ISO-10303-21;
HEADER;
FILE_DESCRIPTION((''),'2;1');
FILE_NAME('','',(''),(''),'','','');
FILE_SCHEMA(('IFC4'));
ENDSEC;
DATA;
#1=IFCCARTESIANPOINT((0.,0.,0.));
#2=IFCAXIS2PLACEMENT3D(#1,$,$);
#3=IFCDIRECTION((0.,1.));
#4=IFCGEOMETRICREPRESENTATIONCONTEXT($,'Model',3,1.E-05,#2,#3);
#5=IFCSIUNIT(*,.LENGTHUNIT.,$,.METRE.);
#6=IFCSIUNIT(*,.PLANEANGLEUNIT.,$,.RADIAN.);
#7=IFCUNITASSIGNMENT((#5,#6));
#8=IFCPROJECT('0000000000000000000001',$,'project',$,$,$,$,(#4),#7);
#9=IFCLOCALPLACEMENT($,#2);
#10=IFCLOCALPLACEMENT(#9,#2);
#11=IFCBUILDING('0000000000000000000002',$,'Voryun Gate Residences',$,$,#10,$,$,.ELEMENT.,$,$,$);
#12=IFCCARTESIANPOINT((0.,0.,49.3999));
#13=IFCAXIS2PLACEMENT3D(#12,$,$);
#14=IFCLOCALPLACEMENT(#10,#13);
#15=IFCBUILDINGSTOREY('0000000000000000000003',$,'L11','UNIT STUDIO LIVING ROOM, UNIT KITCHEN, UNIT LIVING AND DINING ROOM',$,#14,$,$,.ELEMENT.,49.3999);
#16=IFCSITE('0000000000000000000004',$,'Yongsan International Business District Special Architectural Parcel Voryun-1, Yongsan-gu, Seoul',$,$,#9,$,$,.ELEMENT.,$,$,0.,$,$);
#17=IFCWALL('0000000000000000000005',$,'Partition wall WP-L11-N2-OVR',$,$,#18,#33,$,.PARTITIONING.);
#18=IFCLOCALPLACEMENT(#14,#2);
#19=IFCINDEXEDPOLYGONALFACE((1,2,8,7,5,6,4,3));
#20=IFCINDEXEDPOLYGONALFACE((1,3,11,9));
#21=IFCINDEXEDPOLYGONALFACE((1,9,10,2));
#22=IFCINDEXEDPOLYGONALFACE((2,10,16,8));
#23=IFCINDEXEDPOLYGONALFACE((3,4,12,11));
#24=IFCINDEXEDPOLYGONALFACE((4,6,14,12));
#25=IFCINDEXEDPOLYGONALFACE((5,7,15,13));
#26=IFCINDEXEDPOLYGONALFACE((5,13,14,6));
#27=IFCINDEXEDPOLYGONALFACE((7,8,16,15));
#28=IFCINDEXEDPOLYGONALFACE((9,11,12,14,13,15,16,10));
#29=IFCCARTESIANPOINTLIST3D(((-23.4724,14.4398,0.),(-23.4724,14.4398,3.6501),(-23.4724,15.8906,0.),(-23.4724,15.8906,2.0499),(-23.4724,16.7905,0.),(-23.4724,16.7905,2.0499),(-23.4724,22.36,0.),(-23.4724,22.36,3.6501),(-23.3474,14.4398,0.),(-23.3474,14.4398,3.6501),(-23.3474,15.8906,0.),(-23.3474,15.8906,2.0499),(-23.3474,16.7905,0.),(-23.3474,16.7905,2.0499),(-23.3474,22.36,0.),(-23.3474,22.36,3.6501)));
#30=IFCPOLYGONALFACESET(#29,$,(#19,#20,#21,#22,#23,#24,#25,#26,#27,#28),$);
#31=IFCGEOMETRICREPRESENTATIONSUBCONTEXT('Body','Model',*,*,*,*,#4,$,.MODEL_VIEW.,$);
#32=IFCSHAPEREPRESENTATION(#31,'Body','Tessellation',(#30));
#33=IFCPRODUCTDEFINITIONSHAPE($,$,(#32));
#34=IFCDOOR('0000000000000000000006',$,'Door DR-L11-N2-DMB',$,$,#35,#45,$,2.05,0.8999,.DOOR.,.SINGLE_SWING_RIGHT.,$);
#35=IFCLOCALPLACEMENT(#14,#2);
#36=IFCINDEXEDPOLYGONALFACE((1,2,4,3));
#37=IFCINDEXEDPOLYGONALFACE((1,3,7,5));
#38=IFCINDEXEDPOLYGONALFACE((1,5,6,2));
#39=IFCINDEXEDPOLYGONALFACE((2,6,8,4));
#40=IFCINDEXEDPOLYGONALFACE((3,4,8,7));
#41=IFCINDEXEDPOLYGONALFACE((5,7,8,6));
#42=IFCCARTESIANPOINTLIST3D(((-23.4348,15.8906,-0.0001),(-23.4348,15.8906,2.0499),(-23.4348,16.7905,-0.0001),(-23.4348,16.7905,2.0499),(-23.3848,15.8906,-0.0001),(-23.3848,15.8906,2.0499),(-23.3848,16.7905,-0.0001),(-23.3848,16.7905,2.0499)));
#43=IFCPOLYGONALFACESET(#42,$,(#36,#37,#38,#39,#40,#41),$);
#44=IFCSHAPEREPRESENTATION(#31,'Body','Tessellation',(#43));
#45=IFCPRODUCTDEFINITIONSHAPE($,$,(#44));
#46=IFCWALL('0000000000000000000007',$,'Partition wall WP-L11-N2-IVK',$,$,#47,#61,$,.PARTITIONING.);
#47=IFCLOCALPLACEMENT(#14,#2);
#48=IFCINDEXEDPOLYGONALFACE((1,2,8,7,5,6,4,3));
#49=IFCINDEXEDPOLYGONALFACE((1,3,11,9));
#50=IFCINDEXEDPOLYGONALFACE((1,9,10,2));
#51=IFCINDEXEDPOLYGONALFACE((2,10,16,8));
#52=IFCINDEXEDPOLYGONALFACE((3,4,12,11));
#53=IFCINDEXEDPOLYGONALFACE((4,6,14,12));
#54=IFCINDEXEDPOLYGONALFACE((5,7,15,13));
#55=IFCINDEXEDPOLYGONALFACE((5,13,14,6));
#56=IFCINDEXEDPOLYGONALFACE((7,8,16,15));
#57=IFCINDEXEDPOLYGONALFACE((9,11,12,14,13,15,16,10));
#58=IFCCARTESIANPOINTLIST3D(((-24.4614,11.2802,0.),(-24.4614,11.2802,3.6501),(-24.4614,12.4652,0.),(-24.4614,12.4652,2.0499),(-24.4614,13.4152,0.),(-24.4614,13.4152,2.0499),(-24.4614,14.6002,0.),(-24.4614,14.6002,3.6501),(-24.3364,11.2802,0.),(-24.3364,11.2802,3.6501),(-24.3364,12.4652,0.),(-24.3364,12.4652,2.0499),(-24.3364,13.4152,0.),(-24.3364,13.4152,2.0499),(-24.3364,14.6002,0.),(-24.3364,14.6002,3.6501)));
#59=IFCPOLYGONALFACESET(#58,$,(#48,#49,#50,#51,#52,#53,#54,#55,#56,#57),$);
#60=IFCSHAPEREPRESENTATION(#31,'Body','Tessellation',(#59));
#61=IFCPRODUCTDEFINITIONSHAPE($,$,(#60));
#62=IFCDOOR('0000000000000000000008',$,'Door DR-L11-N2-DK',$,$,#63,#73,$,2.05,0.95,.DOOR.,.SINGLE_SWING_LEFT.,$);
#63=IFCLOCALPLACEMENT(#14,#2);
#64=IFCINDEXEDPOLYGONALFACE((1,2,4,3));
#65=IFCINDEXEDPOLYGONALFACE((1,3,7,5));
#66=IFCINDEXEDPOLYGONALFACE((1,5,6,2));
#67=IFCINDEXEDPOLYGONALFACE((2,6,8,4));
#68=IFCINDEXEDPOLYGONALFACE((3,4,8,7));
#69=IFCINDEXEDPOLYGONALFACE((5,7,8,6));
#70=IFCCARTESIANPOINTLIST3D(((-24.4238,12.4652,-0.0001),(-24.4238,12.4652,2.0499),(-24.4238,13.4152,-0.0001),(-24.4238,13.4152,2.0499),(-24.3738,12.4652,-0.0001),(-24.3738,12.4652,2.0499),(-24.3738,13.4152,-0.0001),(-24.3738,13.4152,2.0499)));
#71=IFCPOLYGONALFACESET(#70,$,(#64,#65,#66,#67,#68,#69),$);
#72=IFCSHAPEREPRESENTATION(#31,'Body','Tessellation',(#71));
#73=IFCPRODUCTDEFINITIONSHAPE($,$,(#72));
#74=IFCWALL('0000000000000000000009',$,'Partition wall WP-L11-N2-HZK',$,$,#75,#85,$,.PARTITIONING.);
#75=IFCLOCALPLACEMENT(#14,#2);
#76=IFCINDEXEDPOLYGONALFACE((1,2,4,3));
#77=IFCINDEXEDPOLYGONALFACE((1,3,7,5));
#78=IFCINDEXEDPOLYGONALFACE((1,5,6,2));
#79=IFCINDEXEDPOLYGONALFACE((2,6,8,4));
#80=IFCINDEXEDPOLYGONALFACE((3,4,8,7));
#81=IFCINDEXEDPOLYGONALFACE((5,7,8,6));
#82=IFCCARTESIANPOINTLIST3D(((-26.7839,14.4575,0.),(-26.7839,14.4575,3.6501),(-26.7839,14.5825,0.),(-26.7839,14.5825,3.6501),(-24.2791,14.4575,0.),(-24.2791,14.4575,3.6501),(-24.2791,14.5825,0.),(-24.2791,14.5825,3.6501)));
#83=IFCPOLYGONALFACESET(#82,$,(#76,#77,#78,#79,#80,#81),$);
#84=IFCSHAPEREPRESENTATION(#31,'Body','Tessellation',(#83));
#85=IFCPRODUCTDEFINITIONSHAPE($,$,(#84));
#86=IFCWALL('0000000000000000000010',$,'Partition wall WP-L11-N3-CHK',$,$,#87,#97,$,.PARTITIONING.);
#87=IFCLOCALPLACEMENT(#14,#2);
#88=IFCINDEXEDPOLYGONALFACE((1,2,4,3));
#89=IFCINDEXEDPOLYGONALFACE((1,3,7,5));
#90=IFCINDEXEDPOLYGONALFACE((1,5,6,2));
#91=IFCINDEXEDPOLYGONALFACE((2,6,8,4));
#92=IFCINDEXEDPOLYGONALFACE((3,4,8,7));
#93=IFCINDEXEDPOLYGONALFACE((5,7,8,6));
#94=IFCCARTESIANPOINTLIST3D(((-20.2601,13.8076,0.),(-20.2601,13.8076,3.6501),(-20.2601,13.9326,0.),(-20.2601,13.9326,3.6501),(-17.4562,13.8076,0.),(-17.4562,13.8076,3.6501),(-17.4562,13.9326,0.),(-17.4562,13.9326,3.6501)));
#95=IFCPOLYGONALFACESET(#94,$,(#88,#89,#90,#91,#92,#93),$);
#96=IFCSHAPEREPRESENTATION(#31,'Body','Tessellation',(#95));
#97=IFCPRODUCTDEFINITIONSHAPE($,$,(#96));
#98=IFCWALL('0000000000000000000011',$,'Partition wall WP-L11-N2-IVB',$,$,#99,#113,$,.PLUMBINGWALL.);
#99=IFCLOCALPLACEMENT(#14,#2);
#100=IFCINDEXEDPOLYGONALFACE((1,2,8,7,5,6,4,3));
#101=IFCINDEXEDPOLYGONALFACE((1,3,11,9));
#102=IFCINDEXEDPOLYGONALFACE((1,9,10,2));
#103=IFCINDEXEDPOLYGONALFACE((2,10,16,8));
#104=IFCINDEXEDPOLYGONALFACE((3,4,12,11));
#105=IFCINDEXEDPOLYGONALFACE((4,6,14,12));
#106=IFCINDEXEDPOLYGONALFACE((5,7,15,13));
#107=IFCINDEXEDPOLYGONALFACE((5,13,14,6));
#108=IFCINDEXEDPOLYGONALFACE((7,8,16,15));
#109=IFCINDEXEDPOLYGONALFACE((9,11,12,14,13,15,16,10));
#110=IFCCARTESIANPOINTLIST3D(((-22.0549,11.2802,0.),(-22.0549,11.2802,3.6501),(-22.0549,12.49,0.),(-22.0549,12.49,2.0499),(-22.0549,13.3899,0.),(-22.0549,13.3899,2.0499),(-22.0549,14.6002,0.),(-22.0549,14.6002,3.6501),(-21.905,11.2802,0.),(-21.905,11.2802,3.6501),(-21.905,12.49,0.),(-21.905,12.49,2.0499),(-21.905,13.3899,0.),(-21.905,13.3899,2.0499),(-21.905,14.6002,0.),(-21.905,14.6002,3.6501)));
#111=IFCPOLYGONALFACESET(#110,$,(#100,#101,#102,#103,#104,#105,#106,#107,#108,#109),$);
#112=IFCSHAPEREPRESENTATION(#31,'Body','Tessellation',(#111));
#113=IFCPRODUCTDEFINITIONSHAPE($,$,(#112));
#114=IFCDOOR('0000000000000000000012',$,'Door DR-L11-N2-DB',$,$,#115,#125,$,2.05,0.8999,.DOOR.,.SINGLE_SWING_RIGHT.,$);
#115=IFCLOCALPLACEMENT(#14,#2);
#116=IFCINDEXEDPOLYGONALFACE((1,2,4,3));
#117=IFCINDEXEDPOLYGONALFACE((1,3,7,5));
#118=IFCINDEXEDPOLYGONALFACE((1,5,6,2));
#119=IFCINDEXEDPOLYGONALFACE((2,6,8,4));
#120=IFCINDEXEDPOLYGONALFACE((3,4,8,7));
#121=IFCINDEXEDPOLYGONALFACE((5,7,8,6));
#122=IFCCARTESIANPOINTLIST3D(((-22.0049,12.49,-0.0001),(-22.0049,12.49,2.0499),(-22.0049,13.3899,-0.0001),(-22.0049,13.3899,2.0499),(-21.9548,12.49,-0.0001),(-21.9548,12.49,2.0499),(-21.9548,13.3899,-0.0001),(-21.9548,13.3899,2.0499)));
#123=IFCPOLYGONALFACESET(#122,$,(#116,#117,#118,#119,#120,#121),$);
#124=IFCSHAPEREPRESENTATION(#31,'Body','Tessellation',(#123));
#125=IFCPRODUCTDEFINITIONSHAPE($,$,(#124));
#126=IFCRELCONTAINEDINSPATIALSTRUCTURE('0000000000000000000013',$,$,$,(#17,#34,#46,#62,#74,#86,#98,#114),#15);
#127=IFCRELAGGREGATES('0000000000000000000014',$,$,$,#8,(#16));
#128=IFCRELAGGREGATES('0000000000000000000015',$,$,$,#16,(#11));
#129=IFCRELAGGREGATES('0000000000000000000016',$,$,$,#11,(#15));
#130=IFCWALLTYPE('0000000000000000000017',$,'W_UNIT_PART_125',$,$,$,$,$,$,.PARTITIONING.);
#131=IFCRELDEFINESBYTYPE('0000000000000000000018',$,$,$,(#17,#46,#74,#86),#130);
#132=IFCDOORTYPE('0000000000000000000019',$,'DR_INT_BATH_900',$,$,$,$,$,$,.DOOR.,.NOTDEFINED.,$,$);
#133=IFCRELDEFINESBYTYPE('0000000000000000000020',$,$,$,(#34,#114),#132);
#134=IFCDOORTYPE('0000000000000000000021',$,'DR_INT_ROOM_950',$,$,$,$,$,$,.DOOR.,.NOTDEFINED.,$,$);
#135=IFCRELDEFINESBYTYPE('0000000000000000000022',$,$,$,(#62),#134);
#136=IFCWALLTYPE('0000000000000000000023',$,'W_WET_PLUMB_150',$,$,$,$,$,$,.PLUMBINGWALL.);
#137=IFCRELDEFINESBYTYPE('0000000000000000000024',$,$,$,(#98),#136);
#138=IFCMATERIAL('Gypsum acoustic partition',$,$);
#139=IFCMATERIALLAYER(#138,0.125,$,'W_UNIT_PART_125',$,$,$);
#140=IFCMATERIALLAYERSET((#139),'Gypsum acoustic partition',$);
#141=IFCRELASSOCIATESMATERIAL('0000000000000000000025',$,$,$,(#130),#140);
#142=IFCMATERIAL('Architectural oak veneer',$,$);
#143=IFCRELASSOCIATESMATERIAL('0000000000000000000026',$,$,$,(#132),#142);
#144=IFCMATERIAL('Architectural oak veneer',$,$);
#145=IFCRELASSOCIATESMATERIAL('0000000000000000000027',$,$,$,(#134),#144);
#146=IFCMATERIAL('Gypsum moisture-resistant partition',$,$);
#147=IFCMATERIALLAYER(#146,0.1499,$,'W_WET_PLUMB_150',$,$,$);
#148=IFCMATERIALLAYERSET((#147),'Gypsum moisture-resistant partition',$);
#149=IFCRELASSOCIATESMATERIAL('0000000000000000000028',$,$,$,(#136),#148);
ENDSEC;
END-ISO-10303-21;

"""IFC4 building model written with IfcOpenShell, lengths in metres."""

from ifc_helpers import new_model, si_unit, direction, frame, frame_2d, origin, place, context, subcontext, project, spatial, rectangle, extrude, material, layer, layer_set, type_object, element, fill, save


model = new_model("IFC4")

# Units and contexts
model_context = context("Model", 3, precision=1e-05, world=origin(), true_north=direction((0.0, 1.0)))
body_context = subcontext(model_context, "Body", "Model", "MODEL_VIEW")
ifc_project = project(units=[si_unit("LENGTHUNIT", "METRE"), si_unit("PLANEANGLEUNIT", "RADIAN")], contexts=[model_context])

# Site, building, storey
site_placement = place(None, origin())
site = spatial("IfcSite", under=ifc_project, at=site_placement, Name="Yongsan International Business District Special Architectural Parcel Voryun-1, Yongsan-gu, Seoul", CompositionType="ELEMENT", RefElevation=0.0)
building_placement = place(site_placement, origin())
building = spatial("IfcBuilding", under=site, at=building_placement, Name="Voryun Gate Residences", CompositionType="ELEMENT")
storey_placement = place(building_placement, frame((0.0, 0.0, 49.3999)))
storey = spatial("IfcBuildingStorey", under=building, at=storey_placement, Name="L11", Description="UNIT STUDIO LIVING ROOM, UNIT KITCHEN, UNIT LIVING AND DINING ROOM", CompositionType="ELEMENT", Elevation=49.3999)

# Walls, openings, doors
ifc_material_1 = material(Name="Gypsum acoustic partition")
ifc_layer_1 = layer(ifc_material_1, 0.125, Name="W_UNIT_PART_125")
ifc_layer_set_1 = layer_set([ifc_layer_1], Name="Gypsum acoustic partition")
wall_type_1 = type_object("IfcWallType", Name="W_UNIT_PART_125", PredefinedType="PARTITIONING", material=ifc_layer_set_1)
wall_1_placement = place(storey_placement, frame((-23.4099, 14.4399, 0.0), z_axis=(0.0, 0.0, 1.0), x_axis=(0.0, 1.0, 0.0)))
wall_1 = element("IfcWall", 1, at=wall_1_placement, inside=storey, type_object=wall_type_1, Name="Partition wall WP-L11-N2-OVR", PredefinedType="PARTITIONING", context=body_context, shape_type="SweptSolid", body=[
    extrude(rectangle(XDim=7.9202, YDim=0.125, at=frame_2d((3.96, 0.0))), origin(), (0.0, 0.0, 1.0), 3.6501),
])
opening_1_placement = place(wall_1_placement, frame((1.4507, 0.0, 0.0)))
opening_1 = element("IfcOpeningElement", 2, at=opening_1_placement, cuts=wall_1, PredefinedType="OPENING", context=body_context, shape_type="SweptSolid", body=[
    extrude(rectangle(XDim=0.8999, YDim=2.05, at=frame_2d((0.45, 1.0249))), frame((0.0, 0.0725, 0.0), z_axis=(0.0, -1.0, 0.0), x_axis=(1.0, 0.0, 0.0)), (0.0, 0.0, 1.0), 0.145),
])
ifc_material_2 = material(Name="Architectural oak veneer")
door_type_1 = type_object("IfcDoorType", Name="DR_INT_BATH_900", OperationType="NOTDEFINED", PredefinedType="DOOR", material=ifc_material_2)
door_1_placement = place(opening_1_placement, origin())
door_1 = element("IfcDoor", 3, at=door_1_placement, inside=storey, type_object=door_type_1, Name="Door DR-L11-N2-DMB", OperationType="SINGLE_SWING_RIGHT", OverallHeight=2.05, OverallWidth=0.8999, PredefinedType="DOOR", context=body_context, shape_type="SweptSolid", body=[
    extrude(rectangle(XDim=0.8999, YDim=2.05, at=frame_2d((0.45, 1.0249))), frame((0.0, 0.0249, 0.0), z_axis=(0.0, -1.0, 0.0), x_axis=(1.0, 0.0, 0.0)), (0.0, 0.0, 1.0), 0.05),
])
fill(opening_1, door_1)
wall_2_placement = place(storey_placement, frame((-24.3989, 11.28, 0.0), z_axis=(0.0, 0.0, 1.0), x_axis=(0.0, 1.0, 0.0)))
wall_2 = element("IfcWall", 4, at=wall_2_placement, inside=storey, type_object=wall_type_1, Name="Partition wall WP-L11-N2-IVK", PredefinedType="PARTITIONING", context=body_context, shape_type="SweptSolid", body=[
    extrude(rectangle(XDim=3.3201, YDim=0.125, at=frame_2d((1.6602, 0.0))), origin(), (0.0, 0.0, 1.0), 3.6501),
])
opening_2_placement = place(wall_2_placement, frame((1.1851, 0.0, 0.0)))
opening_2 = element("IfcOpeningElement", 5, at=opening_2_placement, cuts=wall_2, PredefinedType="OPENING", context=body_context, shape_type="SweptSolid", body=[
    extrude(rectangle(XDim=0.95, YDim=2.05, at=frame_2d((0.4751, 1.0249))), frame((0.0, 0.0725, 0.0), z_axis=(0.0, -1.0, 0.0), x_axis=(1.0, 0.0, 0.0)), (0.0, 0.0, 1.0), 0.145),
])
ifc_material_3 = material(Name="Architectural oak veneer")
door_type_2 = type_object("IfcDoorType", Name="DR_INT_ROOM_950", OperationType="NOTDEFINED", PredefinedType="DOOR", material=ifc_material_3)
door_2_placement = place(opening_2_placement, origin())
door_2 = element("IfcDoor", 6, at=door_2_placement, inside=storey, type_object=door_type_2, Name="Door DR-L11-N2-DK", OperationType="SINGLE_SWING_LEFT", OverallHeight=2.05, OverallWidth=0.95, PredefinedType="DOOR", context=body_context, shape_type="SweptSolid", body=[
    extrude(rectangle(XDim=0.95, YDim=2.05, at=frame_2d((0.4751, 1.0249))), frame((0.0, 0.0249, 0.0), z_axis=(0.0, -1.0, 0.0), x_axis=(1.0, 0.0, 0.0)), (0.0, 0.0, 1.0), 0.05),
])
fill(opening_2, door_2)

# Walls
wall_3_placement = place(storey_placement, frame((-26.7839, 14.52, 0.0), z_axis=(0.0, 0.0, 1.0), x_axis=(1.0, 0.0, 0.0)))
element("IfcWall", 7, at=wall_3_placement, inside=storey, type_object=wall_type_1, Name="Partition wall WP-L11-N2-HZK", PredefinedType="PARTITIONING", context=body_context, shape_type="SweptSolid", body=[
    extrude(rectangle(XDim=2.5049, YDim=0.125, at=frame_2d((1.2524, 0.0))), origin(), (0.0, 0.0, 1.0), 3.6501),
])
wall_4_placement = place(storey_placement, frame((-20.26, 13.8701, 0.0), z_axis=(0.0, 0.0, 1.0), x_axis=(1.0, 0.0, 0.0)))
element("IfcWall", 8, at=wall_4_placement, inside=storey, type_object=wall_type_1, Name="Partition wall WP-L11-N3-CHK", PredefinedType="PARTITIONING", context=body_context, shape_type="SweptSolid", body=[
    extrude(rectangle(XDim=2.804, YDim=0.125, at=frame_2d((1.4019, 0.0))), origin(), (0.0, 0.0, 1.0), 3.6501),
])

# Wall, opening, door
ifc_material_4 = material(Name="Gypsum moisture-resistant partition")
ifc_layer_2 = layer(ifc_material_4, 0.1499, Name="W_WET_PLUMB_150")
ifc_layer_set_2 = layer_set([ifc_layer_2], Name="Gypsum moisture-resistant partition")
wall_type_2 = type_object("IfcWallType", Name="W_WET_PLUMB_150", PredefinedType="PLUMBINGWALL", material=ifc_layer_set_2)
wall_5_placement = place(storey_placement, frame((-21.98, 11.28, 0.0), z_axis=(0.0, 0.0, 1.0), x_axis=(0.0, 1.0, 0.0)))
wall_5 = element("IfcWall", 9, at=wall_5_placement, inside=storey, type_object=wall_type_2, Name="Partition wall WP-L11-N2-IVB", PredefinedType="PLUMBINGWALL", context=body_context, shape_type="SweptSolid", body=[
    extrude(rectangle(XDim=3.3201, YDim=0.1499, at=frame_2d((1.6602, 0.0))), origin(), (0.0, 0.0, 1.0), 3.6501),
])
opening_3_placement = place(wall_5_placement, frame((1.21, 0.0, 0.0)))
opening_3 = element("IfcOpeningElement", 10, at=opening_3_placement, cuts=wall_5, PredefinedType="OPENING", context=body_context, shape_type="SweptSolid", body=[
    extrude(rectangle(XDim=0.8999, YDim=2.05, at=frame_2d((0.45, 1.0249))), frame((0.0, 0.085, 0.0), z_axis=(0.0, -1.0, 0.0), x_axis=(1.0, 0.0, 0.0)), (0.0, 0.0, 1.0), 0.1699),
])
door_3_placement = place(opening_3_placement, origin())
door_3 = element("IfcDoor", 11, at=door_3_placement, inside=storey, type_object=door_type_1, Name="Door DR-L11-N2-DB", OperationType="SINGLE_SWING_RIGHT", OverallHeight=2.05, OverallWidth=0.8999, PredefinedType="DOOR", context=body_context, shape_type="SweptSolid", body=[
    extrude(rectangle(XDim=0.8999, YDim=2.05, at=frame_2d((0.45, 1.0249))), frame((0.0, 0.0249, 0.0), z_axis=(0.0, -1.0, 0.0), x_axis=(1.0, 0.0, 0.0)), (0.0, 0.0, 1.0), 0.05),
])
fill(opening_3, door_3)

save(model, "model.ifc")
